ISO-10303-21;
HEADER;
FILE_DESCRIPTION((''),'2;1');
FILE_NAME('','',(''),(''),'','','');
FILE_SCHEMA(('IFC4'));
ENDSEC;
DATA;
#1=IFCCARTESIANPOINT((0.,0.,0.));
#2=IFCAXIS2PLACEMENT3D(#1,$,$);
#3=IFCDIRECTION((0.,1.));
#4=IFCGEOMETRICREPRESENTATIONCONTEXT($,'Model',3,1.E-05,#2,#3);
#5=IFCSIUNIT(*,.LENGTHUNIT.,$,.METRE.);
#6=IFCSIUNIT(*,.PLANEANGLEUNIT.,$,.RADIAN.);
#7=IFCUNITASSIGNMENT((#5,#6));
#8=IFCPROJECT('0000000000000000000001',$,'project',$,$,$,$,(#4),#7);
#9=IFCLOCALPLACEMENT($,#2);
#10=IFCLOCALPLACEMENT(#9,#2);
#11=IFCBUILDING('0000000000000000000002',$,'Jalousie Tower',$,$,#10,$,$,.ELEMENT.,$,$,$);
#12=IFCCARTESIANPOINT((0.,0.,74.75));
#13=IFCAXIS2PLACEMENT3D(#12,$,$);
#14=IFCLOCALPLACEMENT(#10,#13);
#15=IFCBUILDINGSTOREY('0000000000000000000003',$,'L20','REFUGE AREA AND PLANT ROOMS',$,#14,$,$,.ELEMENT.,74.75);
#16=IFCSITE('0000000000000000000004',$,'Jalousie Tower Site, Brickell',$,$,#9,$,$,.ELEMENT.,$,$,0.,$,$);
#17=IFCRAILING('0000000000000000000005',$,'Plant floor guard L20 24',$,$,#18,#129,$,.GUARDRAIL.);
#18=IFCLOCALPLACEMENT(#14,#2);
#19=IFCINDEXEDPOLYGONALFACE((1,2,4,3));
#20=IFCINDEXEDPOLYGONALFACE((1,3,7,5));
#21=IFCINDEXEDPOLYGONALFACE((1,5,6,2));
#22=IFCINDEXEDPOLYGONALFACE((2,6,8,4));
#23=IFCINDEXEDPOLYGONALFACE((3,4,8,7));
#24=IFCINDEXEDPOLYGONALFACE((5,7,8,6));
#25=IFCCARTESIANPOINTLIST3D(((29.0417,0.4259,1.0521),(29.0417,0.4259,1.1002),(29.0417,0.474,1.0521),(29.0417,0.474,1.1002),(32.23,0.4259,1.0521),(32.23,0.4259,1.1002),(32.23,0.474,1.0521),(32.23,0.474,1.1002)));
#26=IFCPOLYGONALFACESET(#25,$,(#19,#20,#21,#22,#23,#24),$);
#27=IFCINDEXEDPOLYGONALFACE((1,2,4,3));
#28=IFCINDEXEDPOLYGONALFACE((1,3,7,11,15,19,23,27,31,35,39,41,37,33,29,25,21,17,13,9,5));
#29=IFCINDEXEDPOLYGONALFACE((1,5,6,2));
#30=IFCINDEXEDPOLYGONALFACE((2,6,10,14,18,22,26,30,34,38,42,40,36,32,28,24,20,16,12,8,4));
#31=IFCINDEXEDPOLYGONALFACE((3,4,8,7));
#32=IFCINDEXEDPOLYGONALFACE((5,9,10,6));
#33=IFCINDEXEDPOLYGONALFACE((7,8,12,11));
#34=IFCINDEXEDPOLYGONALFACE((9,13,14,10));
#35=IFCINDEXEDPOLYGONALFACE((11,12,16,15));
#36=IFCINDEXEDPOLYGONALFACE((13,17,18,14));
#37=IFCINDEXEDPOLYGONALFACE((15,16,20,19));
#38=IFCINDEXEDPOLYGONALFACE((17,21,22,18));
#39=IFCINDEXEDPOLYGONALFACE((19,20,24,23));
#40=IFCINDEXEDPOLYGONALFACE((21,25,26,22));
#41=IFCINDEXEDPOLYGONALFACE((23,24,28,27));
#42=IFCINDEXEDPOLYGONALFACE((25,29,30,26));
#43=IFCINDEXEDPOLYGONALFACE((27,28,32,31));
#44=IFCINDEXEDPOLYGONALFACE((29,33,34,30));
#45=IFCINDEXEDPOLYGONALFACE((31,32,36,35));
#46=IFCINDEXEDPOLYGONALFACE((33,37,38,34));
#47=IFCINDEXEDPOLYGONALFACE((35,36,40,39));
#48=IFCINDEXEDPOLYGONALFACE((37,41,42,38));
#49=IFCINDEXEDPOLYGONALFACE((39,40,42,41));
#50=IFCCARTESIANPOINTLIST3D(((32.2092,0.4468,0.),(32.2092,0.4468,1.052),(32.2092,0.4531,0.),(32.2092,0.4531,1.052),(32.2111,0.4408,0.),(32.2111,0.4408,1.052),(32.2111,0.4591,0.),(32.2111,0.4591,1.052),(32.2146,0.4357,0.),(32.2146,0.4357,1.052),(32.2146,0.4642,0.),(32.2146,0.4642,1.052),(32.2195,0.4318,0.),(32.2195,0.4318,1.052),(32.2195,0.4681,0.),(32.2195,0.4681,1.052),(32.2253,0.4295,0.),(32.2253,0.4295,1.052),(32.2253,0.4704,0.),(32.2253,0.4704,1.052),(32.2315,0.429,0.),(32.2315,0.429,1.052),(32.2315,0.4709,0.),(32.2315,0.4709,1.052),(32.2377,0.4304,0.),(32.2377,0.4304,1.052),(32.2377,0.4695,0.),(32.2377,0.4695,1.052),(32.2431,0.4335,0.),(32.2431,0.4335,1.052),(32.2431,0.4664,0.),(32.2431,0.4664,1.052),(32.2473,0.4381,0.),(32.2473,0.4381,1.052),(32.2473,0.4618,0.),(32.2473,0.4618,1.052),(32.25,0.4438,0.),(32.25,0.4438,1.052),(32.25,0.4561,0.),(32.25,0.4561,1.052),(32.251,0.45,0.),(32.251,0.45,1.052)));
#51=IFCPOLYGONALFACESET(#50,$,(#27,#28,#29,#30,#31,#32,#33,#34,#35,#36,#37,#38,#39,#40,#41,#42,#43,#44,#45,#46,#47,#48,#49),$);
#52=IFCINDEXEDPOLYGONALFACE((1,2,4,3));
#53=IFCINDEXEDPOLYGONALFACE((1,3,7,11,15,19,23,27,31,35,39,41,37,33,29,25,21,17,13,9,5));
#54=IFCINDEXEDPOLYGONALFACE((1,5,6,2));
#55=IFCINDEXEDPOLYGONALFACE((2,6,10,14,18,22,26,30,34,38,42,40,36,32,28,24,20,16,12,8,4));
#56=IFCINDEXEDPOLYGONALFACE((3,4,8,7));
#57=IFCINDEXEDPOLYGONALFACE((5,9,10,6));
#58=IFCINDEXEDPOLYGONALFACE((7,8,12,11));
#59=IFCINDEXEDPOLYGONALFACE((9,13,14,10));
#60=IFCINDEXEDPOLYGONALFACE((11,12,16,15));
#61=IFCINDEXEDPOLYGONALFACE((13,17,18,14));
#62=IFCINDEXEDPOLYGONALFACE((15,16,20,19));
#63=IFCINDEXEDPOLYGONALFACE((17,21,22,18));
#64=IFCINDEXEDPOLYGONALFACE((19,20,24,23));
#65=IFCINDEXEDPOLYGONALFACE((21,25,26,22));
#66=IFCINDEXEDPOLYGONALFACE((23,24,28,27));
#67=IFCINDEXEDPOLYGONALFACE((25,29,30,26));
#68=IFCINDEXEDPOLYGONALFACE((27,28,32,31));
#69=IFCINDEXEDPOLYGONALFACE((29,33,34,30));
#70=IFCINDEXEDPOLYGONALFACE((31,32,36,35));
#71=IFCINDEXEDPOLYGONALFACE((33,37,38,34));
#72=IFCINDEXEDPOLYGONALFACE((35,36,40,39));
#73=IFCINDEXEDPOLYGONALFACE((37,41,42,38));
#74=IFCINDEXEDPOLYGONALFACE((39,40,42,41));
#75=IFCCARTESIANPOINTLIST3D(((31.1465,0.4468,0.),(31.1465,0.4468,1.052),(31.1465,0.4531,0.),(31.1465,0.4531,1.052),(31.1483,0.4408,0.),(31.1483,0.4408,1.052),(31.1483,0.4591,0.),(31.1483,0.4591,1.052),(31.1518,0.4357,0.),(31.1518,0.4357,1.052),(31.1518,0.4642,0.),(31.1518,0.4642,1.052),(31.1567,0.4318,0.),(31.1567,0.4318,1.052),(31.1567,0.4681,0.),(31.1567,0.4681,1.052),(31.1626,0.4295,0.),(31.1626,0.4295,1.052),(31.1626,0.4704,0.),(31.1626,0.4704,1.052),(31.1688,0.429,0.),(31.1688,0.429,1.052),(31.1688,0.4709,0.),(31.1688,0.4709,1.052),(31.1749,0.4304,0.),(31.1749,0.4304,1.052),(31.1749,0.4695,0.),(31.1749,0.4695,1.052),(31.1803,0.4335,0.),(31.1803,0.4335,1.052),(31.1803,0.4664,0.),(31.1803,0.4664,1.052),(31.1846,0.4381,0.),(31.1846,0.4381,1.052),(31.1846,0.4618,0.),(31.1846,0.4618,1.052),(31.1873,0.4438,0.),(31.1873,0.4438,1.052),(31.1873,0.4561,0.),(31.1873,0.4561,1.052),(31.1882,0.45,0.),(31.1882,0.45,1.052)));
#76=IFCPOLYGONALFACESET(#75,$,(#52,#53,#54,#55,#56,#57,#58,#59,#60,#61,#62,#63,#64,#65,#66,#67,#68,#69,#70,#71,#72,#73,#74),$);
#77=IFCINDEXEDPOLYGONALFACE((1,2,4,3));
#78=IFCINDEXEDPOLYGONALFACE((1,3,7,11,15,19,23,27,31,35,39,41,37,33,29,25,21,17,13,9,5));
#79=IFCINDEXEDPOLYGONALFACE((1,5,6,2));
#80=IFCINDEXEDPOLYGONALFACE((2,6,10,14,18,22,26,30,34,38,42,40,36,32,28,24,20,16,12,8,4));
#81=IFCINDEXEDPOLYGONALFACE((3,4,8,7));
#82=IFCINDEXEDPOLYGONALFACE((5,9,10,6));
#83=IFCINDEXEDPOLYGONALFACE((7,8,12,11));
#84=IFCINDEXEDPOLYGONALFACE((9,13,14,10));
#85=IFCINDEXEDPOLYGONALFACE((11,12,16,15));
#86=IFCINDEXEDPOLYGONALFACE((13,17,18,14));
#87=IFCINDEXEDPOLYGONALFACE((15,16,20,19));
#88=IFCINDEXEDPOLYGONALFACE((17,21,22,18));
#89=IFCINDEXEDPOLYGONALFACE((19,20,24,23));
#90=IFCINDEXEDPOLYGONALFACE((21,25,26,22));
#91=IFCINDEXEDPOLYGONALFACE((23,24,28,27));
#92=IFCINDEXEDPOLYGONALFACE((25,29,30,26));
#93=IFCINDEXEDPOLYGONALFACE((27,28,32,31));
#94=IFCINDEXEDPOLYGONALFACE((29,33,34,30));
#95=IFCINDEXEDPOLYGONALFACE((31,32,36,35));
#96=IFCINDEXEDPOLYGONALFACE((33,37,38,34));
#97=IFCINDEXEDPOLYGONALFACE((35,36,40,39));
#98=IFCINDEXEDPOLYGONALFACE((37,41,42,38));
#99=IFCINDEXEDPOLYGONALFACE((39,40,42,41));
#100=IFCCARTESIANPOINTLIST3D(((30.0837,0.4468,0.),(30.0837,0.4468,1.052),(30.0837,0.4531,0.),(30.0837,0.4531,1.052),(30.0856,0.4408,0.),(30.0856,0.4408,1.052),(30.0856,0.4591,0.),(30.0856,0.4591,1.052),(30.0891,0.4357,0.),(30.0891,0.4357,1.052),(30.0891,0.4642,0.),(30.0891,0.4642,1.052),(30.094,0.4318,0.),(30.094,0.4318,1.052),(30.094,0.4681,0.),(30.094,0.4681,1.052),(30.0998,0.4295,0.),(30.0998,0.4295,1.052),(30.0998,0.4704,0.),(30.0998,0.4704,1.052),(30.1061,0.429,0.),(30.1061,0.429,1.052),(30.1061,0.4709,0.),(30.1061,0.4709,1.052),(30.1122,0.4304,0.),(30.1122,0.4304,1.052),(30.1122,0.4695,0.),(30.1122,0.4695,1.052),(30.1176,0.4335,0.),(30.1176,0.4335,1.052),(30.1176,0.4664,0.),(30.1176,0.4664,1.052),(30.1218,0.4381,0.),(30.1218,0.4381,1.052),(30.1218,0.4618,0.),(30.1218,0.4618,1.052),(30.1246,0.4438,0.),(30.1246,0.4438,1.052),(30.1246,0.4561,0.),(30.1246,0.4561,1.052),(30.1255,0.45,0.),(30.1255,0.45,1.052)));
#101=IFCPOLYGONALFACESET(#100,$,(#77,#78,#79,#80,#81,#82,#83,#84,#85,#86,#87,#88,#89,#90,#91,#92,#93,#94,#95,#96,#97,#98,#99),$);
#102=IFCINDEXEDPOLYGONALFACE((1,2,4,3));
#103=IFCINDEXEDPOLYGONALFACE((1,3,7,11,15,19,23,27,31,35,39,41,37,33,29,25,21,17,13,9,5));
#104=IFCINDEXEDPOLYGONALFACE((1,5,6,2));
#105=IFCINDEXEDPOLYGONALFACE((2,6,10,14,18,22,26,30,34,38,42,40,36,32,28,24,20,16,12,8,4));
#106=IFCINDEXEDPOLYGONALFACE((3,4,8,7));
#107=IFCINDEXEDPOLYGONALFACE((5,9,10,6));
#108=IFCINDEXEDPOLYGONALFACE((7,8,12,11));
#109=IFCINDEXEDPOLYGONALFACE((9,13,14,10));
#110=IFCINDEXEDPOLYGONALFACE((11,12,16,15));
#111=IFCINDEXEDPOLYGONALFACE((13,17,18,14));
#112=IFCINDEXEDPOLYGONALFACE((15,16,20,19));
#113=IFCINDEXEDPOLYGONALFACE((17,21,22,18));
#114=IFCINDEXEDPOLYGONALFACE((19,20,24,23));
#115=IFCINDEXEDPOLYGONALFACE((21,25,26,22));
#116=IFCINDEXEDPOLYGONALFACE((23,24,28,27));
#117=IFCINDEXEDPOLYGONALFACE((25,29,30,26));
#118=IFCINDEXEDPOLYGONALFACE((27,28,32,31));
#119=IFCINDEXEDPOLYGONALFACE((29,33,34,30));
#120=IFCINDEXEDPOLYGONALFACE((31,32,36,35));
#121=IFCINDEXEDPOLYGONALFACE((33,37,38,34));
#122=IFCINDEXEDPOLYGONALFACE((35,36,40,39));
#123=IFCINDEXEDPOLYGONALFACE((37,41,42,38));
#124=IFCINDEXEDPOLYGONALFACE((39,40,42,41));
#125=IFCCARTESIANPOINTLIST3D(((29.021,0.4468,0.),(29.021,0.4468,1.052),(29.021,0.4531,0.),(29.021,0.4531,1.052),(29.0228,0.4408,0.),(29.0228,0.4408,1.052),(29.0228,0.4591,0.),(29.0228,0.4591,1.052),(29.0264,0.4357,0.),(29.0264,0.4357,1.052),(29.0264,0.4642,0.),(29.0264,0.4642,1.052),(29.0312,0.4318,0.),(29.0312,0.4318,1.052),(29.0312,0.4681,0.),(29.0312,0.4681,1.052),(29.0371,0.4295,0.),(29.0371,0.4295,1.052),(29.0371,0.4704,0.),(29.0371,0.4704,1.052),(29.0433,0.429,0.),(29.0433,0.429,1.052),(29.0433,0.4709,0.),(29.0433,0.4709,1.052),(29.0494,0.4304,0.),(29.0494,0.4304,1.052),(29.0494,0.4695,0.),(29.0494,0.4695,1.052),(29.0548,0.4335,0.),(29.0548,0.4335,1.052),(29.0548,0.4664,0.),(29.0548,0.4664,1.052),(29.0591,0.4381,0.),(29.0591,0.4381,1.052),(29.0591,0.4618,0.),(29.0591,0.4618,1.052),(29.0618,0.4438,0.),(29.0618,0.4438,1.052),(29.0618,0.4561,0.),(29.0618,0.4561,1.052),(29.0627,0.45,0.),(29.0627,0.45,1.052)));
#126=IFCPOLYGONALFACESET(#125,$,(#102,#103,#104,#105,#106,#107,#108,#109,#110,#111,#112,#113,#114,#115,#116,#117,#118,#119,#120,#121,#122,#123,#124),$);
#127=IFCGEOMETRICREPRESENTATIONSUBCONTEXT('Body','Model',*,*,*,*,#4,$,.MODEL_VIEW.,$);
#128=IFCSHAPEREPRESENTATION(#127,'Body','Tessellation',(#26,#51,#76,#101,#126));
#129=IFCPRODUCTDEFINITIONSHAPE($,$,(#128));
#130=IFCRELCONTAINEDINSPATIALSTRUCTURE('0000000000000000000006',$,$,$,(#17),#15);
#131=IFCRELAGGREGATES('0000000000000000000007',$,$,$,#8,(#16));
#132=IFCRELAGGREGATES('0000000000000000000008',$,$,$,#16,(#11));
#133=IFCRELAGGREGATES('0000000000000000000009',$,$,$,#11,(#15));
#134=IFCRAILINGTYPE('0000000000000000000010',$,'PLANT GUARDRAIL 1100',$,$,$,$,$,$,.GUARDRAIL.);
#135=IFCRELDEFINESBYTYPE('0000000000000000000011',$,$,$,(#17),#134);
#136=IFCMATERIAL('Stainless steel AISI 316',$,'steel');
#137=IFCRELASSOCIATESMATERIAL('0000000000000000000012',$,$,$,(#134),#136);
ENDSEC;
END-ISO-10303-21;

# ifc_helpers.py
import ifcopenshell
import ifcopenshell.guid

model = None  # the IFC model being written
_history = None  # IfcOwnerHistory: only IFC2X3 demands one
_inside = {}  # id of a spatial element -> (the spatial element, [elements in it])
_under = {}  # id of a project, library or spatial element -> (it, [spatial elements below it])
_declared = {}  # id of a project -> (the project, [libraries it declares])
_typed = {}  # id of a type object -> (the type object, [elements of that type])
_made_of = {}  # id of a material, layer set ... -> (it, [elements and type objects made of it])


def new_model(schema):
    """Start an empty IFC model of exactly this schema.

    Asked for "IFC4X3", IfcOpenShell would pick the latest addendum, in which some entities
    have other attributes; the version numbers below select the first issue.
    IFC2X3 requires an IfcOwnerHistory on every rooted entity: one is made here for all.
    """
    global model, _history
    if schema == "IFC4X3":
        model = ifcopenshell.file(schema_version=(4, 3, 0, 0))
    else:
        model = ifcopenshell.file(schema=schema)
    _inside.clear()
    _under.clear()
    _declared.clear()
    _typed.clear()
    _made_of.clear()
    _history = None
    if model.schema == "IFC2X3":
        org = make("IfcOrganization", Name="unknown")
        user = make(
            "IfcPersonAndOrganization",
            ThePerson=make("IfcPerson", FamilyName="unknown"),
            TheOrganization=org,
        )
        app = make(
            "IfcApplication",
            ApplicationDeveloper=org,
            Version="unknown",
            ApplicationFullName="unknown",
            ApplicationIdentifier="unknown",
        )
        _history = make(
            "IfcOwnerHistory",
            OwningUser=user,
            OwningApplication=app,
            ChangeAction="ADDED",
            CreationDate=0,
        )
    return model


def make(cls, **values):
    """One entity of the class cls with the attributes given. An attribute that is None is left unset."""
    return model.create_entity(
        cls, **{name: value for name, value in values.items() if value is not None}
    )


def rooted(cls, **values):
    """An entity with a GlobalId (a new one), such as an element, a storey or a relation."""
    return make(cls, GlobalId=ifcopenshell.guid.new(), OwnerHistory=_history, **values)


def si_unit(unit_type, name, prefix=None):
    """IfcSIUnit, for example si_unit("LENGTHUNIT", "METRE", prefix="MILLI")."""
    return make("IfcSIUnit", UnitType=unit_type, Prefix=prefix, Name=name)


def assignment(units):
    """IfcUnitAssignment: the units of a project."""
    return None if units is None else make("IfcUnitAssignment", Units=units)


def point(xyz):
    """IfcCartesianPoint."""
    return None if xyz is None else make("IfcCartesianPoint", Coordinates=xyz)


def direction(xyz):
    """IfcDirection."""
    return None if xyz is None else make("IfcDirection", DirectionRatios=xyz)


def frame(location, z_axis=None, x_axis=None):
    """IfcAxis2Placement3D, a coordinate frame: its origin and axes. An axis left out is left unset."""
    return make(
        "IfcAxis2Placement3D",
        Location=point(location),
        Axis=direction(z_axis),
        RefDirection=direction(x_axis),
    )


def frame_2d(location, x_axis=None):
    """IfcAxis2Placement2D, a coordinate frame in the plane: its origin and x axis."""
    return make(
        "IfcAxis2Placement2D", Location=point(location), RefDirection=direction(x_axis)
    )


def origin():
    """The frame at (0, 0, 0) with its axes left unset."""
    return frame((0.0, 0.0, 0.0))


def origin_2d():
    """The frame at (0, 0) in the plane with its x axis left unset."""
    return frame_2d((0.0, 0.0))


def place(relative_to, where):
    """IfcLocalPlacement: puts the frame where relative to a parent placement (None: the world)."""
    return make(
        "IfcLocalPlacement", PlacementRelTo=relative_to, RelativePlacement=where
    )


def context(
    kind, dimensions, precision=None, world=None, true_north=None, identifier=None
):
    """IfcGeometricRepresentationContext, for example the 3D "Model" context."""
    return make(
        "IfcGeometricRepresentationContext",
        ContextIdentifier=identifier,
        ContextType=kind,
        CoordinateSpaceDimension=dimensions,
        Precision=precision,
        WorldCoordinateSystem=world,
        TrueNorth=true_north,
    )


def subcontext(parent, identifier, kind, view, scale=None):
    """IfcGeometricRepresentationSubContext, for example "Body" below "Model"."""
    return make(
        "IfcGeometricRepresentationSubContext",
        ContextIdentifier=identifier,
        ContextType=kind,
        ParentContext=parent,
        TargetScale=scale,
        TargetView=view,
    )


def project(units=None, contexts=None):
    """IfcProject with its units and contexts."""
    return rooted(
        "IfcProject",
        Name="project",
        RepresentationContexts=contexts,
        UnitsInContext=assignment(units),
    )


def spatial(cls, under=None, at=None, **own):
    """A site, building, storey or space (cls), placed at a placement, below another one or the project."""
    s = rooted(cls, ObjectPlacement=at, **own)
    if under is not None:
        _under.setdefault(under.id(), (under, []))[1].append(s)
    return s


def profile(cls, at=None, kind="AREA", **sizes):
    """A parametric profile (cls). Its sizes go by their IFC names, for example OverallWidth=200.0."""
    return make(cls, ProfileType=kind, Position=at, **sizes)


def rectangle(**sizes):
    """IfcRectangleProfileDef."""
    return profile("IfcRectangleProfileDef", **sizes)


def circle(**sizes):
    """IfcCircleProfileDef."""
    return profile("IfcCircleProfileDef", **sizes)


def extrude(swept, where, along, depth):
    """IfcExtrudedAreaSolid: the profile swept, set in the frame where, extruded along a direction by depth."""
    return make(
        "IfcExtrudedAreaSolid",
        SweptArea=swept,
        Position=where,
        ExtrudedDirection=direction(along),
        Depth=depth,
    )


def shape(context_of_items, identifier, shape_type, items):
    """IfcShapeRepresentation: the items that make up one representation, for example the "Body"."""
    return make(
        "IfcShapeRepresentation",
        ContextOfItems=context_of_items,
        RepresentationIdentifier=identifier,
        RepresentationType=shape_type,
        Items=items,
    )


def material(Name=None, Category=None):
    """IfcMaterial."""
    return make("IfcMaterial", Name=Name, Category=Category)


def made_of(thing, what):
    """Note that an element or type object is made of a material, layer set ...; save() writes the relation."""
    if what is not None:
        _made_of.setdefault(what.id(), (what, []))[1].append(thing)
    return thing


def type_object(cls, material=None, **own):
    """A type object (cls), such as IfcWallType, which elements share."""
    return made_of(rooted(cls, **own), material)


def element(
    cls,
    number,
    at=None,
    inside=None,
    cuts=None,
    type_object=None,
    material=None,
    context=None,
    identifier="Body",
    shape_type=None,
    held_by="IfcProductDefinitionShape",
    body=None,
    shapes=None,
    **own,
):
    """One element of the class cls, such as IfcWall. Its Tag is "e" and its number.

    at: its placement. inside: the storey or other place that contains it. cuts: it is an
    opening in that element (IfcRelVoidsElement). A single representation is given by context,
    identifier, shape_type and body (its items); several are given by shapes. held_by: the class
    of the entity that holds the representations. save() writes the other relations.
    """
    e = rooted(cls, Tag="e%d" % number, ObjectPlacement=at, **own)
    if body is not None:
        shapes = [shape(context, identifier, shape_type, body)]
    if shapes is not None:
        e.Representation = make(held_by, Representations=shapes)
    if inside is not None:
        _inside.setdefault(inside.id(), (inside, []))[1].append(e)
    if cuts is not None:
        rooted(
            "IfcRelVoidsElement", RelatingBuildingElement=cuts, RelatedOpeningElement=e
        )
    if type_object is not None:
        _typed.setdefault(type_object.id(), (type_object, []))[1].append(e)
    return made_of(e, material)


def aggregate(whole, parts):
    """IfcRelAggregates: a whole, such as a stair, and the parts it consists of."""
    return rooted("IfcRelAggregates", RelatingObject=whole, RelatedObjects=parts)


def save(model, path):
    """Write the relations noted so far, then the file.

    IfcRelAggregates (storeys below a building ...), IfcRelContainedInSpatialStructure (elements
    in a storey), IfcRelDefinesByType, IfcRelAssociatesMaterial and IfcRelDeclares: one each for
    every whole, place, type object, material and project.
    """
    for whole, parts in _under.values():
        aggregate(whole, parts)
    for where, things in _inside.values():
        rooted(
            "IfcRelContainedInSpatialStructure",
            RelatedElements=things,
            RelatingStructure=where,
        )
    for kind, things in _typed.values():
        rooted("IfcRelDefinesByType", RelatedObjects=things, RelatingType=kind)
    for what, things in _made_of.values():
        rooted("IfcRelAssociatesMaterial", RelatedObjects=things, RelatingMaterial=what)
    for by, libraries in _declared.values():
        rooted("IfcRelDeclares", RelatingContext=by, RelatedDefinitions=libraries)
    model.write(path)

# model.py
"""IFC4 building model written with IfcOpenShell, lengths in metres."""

from ifc_helpers import new_model, si_unit, direction, frame, origin, origin_2d, place, context, subcontext, project, spatial, rectangle, circle, extrude, material, type_object, element, save


model = new_model("IFC4")

# Units and contexts
model_context = context("Model", 3, precision=1e-05, world=origin(), true_north=direction((0.0, 1.0)))
body_context = subcontext(model_context, "Body", "Model", "MODEL_VIEW")
ifc_project = project(units=[si_unit("LENGTHUNIT", "METRE"), si_unit("PLANEANGLEUNIT", "RADIAN")], contexts=[model_context])

# Site, building, storey
site_placement = place(None, origin())
site = spatial("IfcSite", under=ifc_project, at=site_placement, Name="Jalousie Tower Site, Brickell", CompositionType="ELEMENT", RefElevation=0.0)
building_placement = place(site_placement, origin())
building = spatial("IfcBuilding", under=site, at=building_placement, Name="Jalousie Tower", CompositionType="ELEMENT")
storey_placement = place(building_placement, frame((0.0, 0.0, 74.75)))
storey = spatial("IfcBuildingStorey", under=building, at=storey_placement, Name="L20", Description="REFUGE AREA AND PLANT ROOMS", CompositionType="ELEMENT", Elevation=74.75)

# Railing
ifc_material_1 = material(Name="Stainless steel AISI 316", Category="steel")
railing_type_1 = type_object("IfcRailingType", Name="PLANT GUARDRAIL 1100", PredefinedType="GUARDRAIL", material=ifc_material_1)
railing_placement = place(storey_placement, frame((32.23, 0.45, 0.0)))
element("IfcRailing", 1, at=railing_placement, inside=storey, type_object=railing_type_1, Name="Plant floor guard L20 24", PredefinedType="GUARDRAIL", context=body_context, shape_type="SweptSolid", body=[
    extrude(rectangle(XDim=0.0481, YDim=0.0481, at=origin_2d()), frame((0.0, 0.0, 1.0762), z_axis=(-1.0, 0.0, 0.0), x_axis=(0.0, -1.0, 0.0)), (0.0, 0.0, 1.0), 3.1882),
    extrude(circle(Radius=0.021, at=origin_2d()), origin(), (0.0, 0.0, 1.0), 1.052),
    extrude(circle(Radius=0.021, at=origin_2d()), frame((-1.0627, 0.0, 0.0)), (0.0, 0.0, 1.0), 1.052),
    extrude(circle(Radius=0.021, at=origin_2d()), frame((-2.1255, 0.0, 0.0)), (0.0, 0.0, 1.0), 1.052),
    extrude(circle(Radius=0.021, at=origin_2d()), frame((-3.1882, 0.0, 0.0)), (0.0, 0.0, 1.0), 1.052),
])

save(model, "model.ifc")
